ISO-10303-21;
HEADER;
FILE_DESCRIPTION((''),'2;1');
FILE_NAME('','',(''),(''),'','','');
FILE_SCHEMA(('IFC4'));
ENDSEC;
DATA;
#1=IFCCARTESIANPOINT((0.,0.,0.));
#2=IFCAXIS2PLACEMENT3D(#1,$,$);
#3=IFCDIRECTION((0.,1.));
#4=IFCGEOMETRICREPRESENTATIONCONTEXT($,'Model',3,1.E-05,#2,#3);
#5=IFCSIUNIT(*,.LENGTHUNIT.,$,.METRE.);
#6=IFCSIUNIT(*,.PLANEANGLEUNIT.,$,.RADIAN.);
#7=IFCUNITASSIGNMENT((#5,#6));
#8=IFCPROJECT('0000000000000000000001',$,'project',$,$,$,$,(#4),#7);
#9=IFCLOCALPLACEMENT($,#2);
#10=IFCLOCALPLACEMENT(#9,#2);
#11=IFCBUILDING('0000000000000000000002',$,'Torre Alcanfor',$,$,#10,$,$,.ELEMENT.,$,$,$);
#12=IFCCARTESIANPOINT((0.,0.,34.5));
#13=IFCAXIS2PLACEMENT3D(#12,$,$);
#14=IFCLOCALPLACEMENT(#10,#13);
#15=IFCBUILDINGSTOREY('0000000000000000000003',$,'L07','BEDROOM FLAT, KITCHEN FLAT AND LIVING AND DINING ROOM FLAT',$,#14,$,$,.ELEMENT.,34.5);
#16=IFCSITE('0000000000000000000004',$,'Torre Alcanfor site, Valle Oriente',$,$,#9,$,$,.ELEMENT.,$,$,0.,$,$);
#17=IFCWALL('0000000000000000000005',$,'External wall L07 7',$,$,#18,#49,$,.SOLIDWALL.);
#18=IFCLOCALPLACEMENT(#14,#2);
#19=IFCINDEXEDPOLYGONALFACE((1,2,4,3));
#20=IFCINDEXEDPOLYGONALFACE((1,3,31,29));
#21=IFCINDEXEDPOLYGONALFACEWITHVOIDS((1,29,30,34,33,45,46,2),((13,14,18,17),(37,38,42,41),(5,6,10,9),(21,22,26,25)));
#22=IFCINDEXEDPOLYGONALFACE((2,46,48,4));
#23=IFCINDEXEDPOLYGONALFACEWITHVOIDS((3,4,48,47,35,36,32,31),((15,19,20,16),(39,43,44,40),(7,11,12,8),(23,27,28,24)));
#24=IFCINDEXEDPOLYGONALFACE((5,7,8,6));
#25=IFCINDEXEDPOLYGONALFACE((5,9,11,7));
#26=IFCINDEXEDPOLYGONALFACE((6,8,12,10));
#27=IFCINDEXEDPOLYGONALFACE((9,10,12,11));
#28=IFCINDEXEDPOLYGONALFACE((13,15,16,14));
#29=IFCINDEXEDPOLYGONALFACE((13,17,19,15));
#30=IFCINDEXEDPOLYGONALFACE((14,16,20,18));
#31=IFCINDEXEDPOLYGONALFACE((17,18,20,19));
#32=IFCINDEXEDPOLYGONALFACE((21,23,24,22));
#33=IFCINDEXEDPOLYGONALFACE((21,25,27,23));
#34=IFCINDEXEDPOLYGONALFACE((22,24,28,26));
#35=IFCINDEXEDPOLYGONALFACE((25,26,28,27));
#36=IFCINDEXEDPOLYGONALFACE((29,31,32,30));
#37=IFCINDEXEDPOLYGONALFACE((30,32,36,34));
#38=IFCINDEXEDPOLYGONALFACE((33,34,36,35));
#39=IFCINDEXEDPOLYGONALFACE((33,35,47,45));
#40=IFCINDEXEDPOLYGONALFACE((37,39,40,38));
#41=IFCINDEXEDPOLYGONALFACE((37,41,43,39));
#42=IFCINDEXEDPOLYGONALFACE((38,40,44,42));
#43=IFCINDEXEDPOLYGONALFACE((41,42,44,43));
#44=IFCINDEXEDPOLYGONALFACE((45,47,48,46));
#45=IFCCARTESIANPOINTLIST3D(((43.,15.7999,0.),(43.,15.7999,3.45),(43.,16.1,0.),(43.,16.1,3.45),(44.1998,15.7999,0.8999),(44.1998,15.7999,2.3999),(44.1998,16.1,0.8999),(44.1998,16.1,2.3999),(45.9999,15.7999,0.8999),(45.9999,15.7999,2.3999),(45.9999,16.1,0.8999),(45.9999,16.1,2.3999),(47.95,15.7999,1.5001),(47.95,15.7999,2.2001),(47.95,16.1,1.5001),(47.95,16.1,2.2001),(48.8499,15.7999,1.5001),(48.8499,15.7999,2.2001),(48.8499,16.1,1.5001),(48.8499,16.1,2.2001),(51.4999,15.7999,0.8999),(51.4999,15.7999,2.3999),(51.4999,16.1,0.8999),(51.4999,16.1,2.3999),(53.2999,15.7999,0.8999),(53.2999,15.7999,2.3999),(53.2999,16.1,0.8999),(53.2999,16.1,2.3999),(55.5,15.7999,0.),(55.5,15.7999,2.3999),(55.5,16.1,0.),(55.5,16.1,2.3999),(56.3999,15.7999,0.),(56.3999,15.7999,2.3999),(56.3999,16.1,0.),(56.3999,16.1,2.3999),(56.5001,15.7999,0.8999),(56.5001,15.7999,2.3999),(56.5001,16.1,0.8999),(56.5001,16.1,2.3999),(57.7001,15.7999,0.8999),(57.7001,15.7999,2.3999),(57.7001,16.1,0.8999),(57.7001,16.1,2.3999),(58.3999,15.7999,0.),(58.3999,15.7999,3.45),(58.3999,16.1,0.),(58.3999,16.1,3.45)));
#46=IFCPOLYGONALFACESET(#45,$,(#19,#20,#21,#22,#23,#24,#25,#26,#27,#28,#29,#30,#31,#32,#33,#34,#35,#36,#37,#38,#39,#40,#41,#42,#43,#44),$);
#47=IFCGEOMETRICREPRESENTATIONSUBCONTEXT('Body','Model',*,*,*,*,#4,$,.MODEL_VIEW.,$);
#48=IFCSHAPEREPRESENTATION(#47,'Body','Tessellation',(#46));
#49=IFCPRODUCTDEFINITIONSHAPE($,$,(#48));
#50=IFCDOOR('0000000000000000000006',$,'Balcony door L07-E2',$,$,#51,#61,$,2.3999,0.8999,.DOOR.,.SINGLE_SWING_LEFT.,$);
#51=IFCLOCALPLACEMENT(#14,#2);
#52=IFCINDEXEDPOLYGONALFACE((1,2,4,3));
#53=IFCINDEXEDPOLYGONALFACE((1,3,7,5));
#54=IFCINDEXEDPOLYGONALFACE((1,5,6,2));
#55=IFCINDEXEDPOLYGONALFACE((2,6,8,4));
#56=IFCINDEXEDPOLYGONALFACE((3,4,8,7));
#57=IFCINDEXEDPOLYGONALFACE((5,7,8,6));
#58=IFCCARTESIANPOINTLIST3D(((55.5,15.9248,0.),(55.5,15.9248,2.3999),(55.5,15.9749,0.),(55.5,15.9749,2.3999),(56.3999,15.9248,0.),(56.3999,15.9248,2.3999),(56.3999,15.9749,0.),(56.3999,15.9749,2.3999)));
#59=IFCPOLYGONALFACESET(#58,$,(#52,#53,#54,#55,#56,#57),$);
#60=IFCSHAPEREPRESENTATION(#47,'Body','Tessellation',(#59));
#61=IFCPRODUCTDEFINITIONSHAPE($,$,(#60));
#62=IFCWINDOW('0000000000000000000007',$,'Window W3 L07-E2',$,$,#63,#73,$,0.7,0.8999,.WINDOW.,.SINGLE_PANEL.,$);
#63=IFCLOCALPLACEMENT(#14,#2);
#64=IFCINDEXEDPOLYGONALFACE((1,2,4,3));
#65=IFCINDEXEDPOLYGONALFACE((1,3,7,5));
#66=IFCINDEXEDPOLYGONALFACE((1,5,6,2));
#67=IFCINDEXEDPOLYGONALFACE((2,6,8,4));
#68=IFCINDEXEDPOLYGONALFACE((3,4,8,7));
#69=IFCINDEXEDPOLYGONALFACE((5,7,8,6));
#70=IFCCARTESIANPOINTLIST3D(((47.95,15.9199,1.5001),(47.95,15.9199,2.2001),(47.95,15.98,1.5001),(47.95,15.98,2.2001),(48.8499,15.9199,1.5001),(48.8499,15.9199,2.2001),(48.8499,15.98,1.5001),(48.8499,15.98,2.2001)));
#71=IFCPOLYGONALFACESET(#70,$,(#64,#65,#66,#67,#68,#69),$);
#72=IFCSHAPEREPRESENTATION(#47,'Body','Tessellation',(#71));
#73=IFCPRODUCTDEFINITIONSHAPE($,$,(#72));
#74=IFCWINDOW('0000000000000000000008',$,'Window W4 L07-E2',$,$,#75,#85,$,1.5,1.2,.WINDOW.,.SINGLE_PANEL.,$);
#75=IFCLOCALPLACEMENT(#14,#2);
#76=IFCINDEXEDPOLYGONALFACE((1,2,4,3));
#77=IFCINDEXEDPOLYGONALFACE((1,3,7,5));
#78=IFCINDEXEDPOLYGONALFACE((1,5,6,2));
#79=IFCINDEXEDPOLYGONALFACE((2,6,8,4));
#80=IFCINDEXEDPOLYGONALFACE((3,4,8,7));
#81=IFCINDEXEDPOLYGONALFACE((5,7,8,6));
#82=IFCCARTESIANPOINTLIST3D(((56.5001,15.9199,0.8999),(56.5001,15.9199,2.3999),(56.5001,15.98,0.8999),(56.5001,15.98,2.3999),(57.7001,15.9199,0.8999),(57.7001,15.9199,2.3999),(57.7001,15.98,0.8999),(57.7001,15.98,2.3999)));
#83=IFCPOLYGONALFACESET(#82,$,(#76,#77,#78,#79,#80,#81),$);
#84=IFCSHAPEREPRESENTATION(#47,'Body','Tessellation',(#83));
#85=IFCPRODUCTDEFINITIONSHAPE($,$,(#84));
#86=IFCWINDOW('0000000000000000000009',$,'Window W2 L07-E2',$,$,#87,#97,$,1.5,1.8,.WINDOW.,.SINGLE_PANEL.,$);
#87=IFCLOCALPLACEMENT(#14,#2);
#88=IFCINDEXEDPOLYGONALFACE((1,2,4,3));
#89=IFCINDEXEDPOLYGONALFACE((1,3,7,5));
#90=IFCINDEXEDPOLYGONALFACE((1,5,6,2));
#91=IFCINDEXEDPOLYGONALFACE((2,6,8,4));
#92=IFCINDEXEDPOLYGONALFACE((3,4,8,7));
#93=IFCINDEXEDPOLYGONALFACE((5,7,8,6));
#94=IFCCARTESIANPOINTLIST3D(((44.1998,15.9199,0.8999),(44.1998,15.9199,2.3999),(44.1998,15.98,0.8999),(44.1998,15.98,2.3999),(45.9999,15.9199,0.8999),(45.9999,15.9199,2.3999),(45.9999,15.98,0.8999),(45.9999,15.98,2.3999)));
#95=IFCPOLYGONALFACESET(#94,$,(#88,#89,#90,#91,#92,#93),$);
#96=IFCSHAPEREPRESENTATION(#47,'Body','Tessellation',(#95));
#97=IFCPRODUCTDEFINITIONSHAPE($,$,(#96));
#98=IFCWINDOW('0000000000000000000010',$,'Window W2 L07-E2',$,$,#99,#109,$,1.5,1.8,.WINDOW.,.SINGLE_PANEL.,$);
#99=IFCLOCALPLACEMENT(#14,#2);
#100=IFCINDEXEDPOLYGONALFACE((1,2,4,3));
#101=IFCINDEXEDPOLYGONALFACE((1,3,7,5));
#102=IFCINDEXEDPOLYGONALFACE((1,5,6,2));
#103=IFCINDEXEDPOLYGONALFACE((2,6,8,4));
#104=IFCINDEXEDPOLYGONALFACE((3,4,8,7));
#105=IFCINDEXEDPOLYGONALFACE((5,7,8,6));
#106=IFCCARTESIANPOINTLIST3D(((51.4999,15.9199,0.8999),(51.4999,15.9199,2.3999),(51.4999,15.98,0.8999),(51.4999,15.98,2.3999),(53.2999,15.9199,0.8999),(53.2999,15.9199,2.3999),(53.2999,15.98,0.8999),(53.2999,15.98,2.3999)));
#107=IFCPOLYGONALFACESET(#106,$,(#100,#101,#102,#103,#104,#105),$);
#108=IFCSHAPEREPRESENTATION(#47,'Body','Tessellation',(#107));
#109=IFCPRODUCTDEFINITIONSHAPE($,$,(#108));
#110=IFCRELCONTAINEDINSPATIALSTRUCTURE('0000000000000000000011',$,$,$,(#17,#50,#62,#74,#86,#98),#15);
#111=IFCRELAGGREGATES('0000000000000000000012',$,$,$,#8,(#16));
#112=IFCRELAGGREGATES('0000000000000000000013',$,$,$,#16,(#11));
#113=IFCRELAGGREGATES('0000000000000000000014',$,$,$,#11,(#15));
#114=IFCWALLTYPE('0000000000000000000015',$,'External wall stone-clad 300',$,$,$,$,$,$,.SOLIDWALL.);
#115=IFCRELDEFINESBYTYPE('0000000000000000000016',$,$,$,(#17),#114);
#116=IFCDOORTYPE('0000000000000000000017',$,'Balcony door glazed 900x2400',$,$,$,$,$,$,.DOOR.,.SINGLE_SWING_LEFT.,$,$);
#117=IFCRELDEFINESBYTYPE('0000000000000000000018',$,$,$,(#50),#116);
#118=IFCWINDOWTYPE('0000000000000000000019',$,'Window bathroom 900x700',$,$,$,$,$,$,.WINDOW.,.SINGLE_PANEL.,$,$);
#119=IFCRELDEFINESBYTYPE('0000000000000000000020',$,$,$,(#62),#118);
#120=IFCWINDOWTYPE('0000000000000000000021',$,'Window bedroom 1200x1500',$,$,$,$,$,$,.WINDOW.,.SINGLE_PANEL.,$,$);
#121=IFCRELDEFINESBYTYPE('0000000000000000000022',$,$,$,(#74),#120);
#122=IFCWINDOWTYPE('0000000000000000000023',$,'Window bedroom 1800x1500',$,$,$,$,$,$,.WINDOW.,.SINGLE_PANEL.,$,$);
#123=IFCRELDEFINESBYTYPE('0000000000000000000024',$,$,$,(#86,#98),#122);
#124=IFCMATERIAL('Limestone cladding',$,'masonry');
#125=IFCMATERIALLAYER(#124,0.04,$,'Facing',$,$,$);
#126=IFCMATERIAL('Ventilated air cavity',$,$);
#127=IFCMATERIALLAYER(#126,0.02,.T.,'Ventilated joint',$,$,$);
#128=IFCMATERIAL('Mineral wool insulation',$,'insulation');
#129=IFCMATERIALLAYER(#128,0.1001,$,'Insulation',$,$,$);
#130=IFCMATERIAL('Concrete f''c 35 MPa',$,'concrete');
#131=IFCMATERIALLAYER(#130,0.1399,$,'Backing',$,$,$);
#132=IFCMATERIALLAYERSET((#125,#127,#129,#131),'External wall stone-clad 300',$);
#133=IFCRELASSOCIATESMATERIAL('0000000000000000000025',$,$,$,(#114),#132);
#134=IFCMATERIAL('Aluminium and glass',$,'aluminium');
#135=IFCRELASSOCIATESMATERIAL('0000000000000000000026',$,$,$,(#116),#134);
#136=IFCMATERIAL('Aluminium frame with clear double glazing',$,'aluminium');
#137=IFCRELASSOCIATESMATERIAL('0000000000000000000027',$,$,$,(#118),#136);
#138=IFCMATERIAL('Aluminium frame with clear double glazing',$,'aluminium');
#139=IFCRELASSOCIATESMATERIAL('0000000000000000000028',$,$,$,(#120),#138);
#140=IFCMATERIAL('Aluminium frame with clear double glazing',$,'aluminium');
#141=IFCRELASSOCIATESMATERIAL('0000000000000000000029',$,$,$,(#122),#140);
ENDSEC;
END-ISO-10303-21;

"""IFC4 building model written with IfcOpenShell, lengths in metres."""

from ifc_helpers import new_model, si_unit, direction, frame, frame_2d, origin, place, context, subcontext, project, spatial, rectangle, extrude, material, layer, layer_set, type_object, element, fill, save


model = new_model("IFC4")

# Units and contexts
model_context = context("Model", 3, precision=1e-05, world=origin(), true_north=direction((0.0, 1.0)))
body_context = subcontext(model_context, "Body", "Model", "MODEL_VIEW")
ifc_project = project(units=[si_unit("LENGTHUNIT", "METRE"), si_unit("PLANEANGLEUNIT", "RADIAN")], contexts=[model_context])

# Site, building, storey
site_placement = place(None, origin())
site = spatial("IfcSite", under=ifc_project, at=site_placement, Name="Torre Alcanfor site, Valle Oriente", CompositionType="ELEMENT", RefElevation=0.0)
building_placement = place(site_placement, origin())
building = spatial("IfcBuilding", under=site, at=building_placement, Name="Torre Alcanfor", CompositionType="ELEMENT")
storey_placement = place(building_placement, frame((0.0, 0.0, 34.5)))
storey = spatial("IfcBuildingStorey", under=building, at=storey_placement, Name="L07", Description="BEDROOM FLAT, KITCHEN FLAT AND LIVING AND DINING ROOM FLAT", CompositionType="ELEMENT", Elevation=34.5)

# Wall, openings, door, windows
ifc_material_1 = material(Name="Limestone cladding", Category="masonry")
ifc_layer_1 = layer(ifc_material_1, 0.04, Name="Facing")
ifc_material_2 = material(Name="Ventilated air cavity")
ifc_layer_2 = layer(ifc_material_2, 0.02, ventilated=True, Name="Ventilated joint")
ifc_material_3 = material(Name="Mineral wool insulation", Category="insulation")
ifc_layer_3 = layer(ifc_material_3, 0.1001, Name="Insulation")
ifc_material_4 = material(Name="Concrete f'c 35 MPa", Category="concrete")
ifc_layer_4 = layer(ifc_material_4, 0.1399, Name="Backing")
ifc_layer_set_1 = layer_set([ifc_layer_1, ifc_layer_2, ifc_layer_3, ifc_layer_4], Name="External wall stone-clad 300")
wall_type_1 = type_object("IfcWallType", Name="External wall stone-clad 300", PredefinedType="SOLIDWALL", material=ifc_layer_set_1)
ifc_material_5 = material(Name="Aluminium and glass", Category="aluminium")
door_type = type_object("IfcDoorType", Name="Balcony door glazed 900x2400", OperationType="SINGLE_SWING_LEFT", PredefinedType="DOOR", material=ifc_material_5)
ifc_material_6 = material(Name="Aluminium frame with clear double glazing", Category="aluminium")
window_type_1 = type_object("IfcWindowType", Name="Window bathroom 900x700", PartitioningType="SINGLE_PANEL", PredefinedType="WINDOW", material=ifc_material_6)
ifc_material_7 = material(Name="Aluminium frame with clear double glazing", Category="aluminium")
window_type_2 = type_object("IfcWindowType", Name="Window bedroom 1200x1500", PartitioningType="SINGLE_PANEL", PredefinedType="WINDOW", material=ifc_material_7)
ifc_material_8 = material(Name="Aluminium frame with clear double glazing", Category="aluminium")
window_type_3 = type_object("IfcWindowType", Name="Window bedroom 1800x1500", PartitioningType="SINGLE_PANEL", PredefinedType="WINDOW", material=ifc_material_8)
wall_1_placement = place(storey_placement, frame((43.0, 15.95, 0.0), z_axis=(0.0, 0.0, 1.0), x_axis=(1.0, 0.0, 0.0)))
wall_1 = element("IfcWall", 1, at=wall_1_placement, inside=storey, type_object=wall_type_1, Name="External wall L07 7", PredefinedType="SOLIDWALL", context=body_context, shape_type="SweptSolid", body=[
    extrude(rectangle(XDim=15.3999, YDim=0.3, at=frame_2d((7.7, 0.0))), origin(), (0.0, 0.0, 1.0), 3.45),
])
opening_1_placement = place(wall_1_placement, frame((1.2, 0.0, 0.8999)))
opening_1 = element("IfcOpeningElement", 2, at=opening_1_placement, cuts=wall_1, PredefinedType="OPENING", context=body_context, shape_type="SweptSolid", body=[
    extrude(rectangle(XDim=1.8, YDim=1.5, at=frame_2d((0.8999, 0.75))), frame((0.0, 0.1599, 0.0), z_axis=(0.0, -1.0, 0.0), x_axis=(1.0, 0.0, 0.0)), (0.0, 0.0, 1.0), 0.3201),
])
opening_2_placement = place(wall_1_placement, frame((4.95, 0.0, 1.5)))
opening_2 = element("IfcOpeningElement", 3, at=opening_2_placement, cuts=wall_1, PredefinedType="OPENING", context=body_context, shape_type="SweptSolid", body=[
    extrude(rectangle(XDim=0.8999, YDim=0.7, at=frame_2d((0.45, 0.3501))), frame((0.0, 0.1599, 0.0), z_axis=(0.0, -1.0, 0.0), x_axis=(1.0, 0.0, 0.0)), (0.0, 0.0, 1.0), 0.3201),
])
opening_3_placement = place(wall_1_placement, frame((8.5, 0.0, 0.8999)))
opening_3 = element("IfcOpeningElement", 4, at=opening_3_placement, cuts=wall_1, PredefinedType="OPENING", context=body_context, shape_type="SweptSolid", body=[
    extrude(rectangle(XDim=1.8, YDim=1.5, at=frame_2d((0.8999, 0.75))), frame((0.0, 0.1599, 0.0), z_axis=(0.0, -1.0, 0.0), x_axis=(1.0, 0.0, 0.0)), (0.0, 0.0, 1.0), 0.3201),
])
opening_4_placement = place(wall_1_placement, frame((12.5, 0.0, 0.0)))
opening_4 = element("IfcOpeningElement", 5, at=opening_4_placement, cuts=wall_1, PredefinedType="OPENING", context=body_context, shape_type="SweptSolid", body=[
    extrude(rectangle(XDim=0.8999, YDim=2.3999, at=frame_2d((0.45, 1.2))), frame((0.0, 0.1599, 0.0), z_axis=(0.0, -1.0, 0.0), x_axis=(1.0, 0.0, 0.0)), (0.0, 0.0, 1.0), 0.3201),
])
opening_5_placement = place(wall_1_placement, frame((13.5, 0.0, 0.8999)))
opening_5 = element("IfcOpeningElement", 6, at=opening_5_placement, cuts=wall_1, PredefinedType="OPENING", context=body_context, shape_type="SweptSolid", body=[
    extrude(rectangle(XDim=1.2, YDim=1.5, at=frame_2d((0.6001, 0.75))), frame((0.0, 0.1599, 0.0), z_axis=(0.0, -1.0, 0.0), x_axis=(1.0, 0.0, 0.0)), (0.0, 0.0, 1.0), 0.3201),
])
door_1_placement = place(opening_4_placement, origin())
door_1 = element("IfcDoor", 7, at=door_1_placement, inside=storey, type_object=door_type, Name="Balcony door L07-E2", OperationType="SINGLE_SWING_LEFT", OverallHeight=2.3999, OverallWidth=0.8999, PredefinedType="DOOR", context=body_context, shape_type="SweptSolid", body=[
    extrude(rectangle(XDim=0.8999, YDim=2.3999, at=frame_2d((0.45, 1.2))), frame((0.0, 0.0249, 0.0), z_axis=(0.0, -1.0, 0.0), x_axis=(1.0, 0.0, 0.0)), (0.0, 0.0, 1.0), 0.05),
])
fill(opening_4, door_1)
window_1_placement = place(opening_2_placement, origin())
window_1 = element("IfcWindow", 8, at=window_1_placement, inside=storey, type_object=window_type_1, Name="Window W3 L07-E2", OverallHeight=0.7, OverallWidth=0.8999, PartitioningType="SINGLE_PANEL", PredefinedType="WINDOW", context=body_context, shape_type="SweptSolid", body=[
    extrude(rectangle(XDim=0.8999, YDim=0.7, at=frame_2d((0.45, 0.3501))), frame((0.0, 0.03, 0.0), z_axis=(0.0, -1.0, 0.0), x_axis=(1.0, 0.0, 0.0)), (0.0, 0.0, 1.0), 0.0601),
])
fill(opening_2, window_1)
window_2_placement = place(opening_5_placement, origin())
window_2 = element("IfcWindow", 9, at=window_2_placement, inside=storey, type_object=window_type_2, Name="Window W4 L07-E2", OverallHeight=1.5, OverallWidth=1.2, PartitioningType="SINGLE_PANEL", PredefinedType="WINDOW", context=body_context, shape_type="SweptSolid", body=[
    extrude(rectangle(XDim=1.2, YDim=1.5, at=frame_2d((0.6001, 0.75))), frame((0.0, 0.03, 0.0), z_axis=(0.0, -1.0, 0.0), x_axis=(1.0, 0.0, 0.0)), (0.0, 0.0, 1.0), 0.0601),
])
fill(opening_5, window_2)
window_3_placement = place(opening_1_placement, origin())
window_3 = element("IfcWindow", 10, at=window_3_placement, inside=storey, type_object=window_type_3, Name="Window W2 L07-E2", OverallHeight=1.5, OverallWidth=1.8, PartitioningType="SINGLE_PANEL", PredefinedType="WINDOW", context=body_context, shape_type="SweptSolid", body=[
    extrude(rectangle(XDim=1.8, YDim=1.5, at=frame_2d((0.8999, 0.75))), frame((0.0, 0.03, 0.0), z_axis=(0.0, -1.0, 0.0), x_axis=(1.0, 0.0, 0.0)), (0.0, 0.0, 1.0), 0.0601),
])
fill(opening_1, window_3)
window_4_placement = place(opening_3_placement, origin())
window_4 = element("IfcWindow", 11, at=window_4_placement, inside=storey, type_object=window_type_3, Name="Window W2 L07-E2", OverallHeight=1.5, OverallWidth=1.8, PartitioningType="SINGLE_PANEL", PredefinedType="WINDOW", context=body_context, shape_type="SweptSolid", body=[
    extrude(rectangle(XDim=1.8, YDim=1.5, at=frame_2d((0.8999, 0.75))), frame((0.0, 0.03, 0.0), z_axis=(0.0, -1.0, 0.0), x_axis=(1.0, 0.0, 0.0)), (0.0, 0.0, 1.0), 0.0601),
])
fill(opening_3, window_4)

save(model, "model.ifc")
